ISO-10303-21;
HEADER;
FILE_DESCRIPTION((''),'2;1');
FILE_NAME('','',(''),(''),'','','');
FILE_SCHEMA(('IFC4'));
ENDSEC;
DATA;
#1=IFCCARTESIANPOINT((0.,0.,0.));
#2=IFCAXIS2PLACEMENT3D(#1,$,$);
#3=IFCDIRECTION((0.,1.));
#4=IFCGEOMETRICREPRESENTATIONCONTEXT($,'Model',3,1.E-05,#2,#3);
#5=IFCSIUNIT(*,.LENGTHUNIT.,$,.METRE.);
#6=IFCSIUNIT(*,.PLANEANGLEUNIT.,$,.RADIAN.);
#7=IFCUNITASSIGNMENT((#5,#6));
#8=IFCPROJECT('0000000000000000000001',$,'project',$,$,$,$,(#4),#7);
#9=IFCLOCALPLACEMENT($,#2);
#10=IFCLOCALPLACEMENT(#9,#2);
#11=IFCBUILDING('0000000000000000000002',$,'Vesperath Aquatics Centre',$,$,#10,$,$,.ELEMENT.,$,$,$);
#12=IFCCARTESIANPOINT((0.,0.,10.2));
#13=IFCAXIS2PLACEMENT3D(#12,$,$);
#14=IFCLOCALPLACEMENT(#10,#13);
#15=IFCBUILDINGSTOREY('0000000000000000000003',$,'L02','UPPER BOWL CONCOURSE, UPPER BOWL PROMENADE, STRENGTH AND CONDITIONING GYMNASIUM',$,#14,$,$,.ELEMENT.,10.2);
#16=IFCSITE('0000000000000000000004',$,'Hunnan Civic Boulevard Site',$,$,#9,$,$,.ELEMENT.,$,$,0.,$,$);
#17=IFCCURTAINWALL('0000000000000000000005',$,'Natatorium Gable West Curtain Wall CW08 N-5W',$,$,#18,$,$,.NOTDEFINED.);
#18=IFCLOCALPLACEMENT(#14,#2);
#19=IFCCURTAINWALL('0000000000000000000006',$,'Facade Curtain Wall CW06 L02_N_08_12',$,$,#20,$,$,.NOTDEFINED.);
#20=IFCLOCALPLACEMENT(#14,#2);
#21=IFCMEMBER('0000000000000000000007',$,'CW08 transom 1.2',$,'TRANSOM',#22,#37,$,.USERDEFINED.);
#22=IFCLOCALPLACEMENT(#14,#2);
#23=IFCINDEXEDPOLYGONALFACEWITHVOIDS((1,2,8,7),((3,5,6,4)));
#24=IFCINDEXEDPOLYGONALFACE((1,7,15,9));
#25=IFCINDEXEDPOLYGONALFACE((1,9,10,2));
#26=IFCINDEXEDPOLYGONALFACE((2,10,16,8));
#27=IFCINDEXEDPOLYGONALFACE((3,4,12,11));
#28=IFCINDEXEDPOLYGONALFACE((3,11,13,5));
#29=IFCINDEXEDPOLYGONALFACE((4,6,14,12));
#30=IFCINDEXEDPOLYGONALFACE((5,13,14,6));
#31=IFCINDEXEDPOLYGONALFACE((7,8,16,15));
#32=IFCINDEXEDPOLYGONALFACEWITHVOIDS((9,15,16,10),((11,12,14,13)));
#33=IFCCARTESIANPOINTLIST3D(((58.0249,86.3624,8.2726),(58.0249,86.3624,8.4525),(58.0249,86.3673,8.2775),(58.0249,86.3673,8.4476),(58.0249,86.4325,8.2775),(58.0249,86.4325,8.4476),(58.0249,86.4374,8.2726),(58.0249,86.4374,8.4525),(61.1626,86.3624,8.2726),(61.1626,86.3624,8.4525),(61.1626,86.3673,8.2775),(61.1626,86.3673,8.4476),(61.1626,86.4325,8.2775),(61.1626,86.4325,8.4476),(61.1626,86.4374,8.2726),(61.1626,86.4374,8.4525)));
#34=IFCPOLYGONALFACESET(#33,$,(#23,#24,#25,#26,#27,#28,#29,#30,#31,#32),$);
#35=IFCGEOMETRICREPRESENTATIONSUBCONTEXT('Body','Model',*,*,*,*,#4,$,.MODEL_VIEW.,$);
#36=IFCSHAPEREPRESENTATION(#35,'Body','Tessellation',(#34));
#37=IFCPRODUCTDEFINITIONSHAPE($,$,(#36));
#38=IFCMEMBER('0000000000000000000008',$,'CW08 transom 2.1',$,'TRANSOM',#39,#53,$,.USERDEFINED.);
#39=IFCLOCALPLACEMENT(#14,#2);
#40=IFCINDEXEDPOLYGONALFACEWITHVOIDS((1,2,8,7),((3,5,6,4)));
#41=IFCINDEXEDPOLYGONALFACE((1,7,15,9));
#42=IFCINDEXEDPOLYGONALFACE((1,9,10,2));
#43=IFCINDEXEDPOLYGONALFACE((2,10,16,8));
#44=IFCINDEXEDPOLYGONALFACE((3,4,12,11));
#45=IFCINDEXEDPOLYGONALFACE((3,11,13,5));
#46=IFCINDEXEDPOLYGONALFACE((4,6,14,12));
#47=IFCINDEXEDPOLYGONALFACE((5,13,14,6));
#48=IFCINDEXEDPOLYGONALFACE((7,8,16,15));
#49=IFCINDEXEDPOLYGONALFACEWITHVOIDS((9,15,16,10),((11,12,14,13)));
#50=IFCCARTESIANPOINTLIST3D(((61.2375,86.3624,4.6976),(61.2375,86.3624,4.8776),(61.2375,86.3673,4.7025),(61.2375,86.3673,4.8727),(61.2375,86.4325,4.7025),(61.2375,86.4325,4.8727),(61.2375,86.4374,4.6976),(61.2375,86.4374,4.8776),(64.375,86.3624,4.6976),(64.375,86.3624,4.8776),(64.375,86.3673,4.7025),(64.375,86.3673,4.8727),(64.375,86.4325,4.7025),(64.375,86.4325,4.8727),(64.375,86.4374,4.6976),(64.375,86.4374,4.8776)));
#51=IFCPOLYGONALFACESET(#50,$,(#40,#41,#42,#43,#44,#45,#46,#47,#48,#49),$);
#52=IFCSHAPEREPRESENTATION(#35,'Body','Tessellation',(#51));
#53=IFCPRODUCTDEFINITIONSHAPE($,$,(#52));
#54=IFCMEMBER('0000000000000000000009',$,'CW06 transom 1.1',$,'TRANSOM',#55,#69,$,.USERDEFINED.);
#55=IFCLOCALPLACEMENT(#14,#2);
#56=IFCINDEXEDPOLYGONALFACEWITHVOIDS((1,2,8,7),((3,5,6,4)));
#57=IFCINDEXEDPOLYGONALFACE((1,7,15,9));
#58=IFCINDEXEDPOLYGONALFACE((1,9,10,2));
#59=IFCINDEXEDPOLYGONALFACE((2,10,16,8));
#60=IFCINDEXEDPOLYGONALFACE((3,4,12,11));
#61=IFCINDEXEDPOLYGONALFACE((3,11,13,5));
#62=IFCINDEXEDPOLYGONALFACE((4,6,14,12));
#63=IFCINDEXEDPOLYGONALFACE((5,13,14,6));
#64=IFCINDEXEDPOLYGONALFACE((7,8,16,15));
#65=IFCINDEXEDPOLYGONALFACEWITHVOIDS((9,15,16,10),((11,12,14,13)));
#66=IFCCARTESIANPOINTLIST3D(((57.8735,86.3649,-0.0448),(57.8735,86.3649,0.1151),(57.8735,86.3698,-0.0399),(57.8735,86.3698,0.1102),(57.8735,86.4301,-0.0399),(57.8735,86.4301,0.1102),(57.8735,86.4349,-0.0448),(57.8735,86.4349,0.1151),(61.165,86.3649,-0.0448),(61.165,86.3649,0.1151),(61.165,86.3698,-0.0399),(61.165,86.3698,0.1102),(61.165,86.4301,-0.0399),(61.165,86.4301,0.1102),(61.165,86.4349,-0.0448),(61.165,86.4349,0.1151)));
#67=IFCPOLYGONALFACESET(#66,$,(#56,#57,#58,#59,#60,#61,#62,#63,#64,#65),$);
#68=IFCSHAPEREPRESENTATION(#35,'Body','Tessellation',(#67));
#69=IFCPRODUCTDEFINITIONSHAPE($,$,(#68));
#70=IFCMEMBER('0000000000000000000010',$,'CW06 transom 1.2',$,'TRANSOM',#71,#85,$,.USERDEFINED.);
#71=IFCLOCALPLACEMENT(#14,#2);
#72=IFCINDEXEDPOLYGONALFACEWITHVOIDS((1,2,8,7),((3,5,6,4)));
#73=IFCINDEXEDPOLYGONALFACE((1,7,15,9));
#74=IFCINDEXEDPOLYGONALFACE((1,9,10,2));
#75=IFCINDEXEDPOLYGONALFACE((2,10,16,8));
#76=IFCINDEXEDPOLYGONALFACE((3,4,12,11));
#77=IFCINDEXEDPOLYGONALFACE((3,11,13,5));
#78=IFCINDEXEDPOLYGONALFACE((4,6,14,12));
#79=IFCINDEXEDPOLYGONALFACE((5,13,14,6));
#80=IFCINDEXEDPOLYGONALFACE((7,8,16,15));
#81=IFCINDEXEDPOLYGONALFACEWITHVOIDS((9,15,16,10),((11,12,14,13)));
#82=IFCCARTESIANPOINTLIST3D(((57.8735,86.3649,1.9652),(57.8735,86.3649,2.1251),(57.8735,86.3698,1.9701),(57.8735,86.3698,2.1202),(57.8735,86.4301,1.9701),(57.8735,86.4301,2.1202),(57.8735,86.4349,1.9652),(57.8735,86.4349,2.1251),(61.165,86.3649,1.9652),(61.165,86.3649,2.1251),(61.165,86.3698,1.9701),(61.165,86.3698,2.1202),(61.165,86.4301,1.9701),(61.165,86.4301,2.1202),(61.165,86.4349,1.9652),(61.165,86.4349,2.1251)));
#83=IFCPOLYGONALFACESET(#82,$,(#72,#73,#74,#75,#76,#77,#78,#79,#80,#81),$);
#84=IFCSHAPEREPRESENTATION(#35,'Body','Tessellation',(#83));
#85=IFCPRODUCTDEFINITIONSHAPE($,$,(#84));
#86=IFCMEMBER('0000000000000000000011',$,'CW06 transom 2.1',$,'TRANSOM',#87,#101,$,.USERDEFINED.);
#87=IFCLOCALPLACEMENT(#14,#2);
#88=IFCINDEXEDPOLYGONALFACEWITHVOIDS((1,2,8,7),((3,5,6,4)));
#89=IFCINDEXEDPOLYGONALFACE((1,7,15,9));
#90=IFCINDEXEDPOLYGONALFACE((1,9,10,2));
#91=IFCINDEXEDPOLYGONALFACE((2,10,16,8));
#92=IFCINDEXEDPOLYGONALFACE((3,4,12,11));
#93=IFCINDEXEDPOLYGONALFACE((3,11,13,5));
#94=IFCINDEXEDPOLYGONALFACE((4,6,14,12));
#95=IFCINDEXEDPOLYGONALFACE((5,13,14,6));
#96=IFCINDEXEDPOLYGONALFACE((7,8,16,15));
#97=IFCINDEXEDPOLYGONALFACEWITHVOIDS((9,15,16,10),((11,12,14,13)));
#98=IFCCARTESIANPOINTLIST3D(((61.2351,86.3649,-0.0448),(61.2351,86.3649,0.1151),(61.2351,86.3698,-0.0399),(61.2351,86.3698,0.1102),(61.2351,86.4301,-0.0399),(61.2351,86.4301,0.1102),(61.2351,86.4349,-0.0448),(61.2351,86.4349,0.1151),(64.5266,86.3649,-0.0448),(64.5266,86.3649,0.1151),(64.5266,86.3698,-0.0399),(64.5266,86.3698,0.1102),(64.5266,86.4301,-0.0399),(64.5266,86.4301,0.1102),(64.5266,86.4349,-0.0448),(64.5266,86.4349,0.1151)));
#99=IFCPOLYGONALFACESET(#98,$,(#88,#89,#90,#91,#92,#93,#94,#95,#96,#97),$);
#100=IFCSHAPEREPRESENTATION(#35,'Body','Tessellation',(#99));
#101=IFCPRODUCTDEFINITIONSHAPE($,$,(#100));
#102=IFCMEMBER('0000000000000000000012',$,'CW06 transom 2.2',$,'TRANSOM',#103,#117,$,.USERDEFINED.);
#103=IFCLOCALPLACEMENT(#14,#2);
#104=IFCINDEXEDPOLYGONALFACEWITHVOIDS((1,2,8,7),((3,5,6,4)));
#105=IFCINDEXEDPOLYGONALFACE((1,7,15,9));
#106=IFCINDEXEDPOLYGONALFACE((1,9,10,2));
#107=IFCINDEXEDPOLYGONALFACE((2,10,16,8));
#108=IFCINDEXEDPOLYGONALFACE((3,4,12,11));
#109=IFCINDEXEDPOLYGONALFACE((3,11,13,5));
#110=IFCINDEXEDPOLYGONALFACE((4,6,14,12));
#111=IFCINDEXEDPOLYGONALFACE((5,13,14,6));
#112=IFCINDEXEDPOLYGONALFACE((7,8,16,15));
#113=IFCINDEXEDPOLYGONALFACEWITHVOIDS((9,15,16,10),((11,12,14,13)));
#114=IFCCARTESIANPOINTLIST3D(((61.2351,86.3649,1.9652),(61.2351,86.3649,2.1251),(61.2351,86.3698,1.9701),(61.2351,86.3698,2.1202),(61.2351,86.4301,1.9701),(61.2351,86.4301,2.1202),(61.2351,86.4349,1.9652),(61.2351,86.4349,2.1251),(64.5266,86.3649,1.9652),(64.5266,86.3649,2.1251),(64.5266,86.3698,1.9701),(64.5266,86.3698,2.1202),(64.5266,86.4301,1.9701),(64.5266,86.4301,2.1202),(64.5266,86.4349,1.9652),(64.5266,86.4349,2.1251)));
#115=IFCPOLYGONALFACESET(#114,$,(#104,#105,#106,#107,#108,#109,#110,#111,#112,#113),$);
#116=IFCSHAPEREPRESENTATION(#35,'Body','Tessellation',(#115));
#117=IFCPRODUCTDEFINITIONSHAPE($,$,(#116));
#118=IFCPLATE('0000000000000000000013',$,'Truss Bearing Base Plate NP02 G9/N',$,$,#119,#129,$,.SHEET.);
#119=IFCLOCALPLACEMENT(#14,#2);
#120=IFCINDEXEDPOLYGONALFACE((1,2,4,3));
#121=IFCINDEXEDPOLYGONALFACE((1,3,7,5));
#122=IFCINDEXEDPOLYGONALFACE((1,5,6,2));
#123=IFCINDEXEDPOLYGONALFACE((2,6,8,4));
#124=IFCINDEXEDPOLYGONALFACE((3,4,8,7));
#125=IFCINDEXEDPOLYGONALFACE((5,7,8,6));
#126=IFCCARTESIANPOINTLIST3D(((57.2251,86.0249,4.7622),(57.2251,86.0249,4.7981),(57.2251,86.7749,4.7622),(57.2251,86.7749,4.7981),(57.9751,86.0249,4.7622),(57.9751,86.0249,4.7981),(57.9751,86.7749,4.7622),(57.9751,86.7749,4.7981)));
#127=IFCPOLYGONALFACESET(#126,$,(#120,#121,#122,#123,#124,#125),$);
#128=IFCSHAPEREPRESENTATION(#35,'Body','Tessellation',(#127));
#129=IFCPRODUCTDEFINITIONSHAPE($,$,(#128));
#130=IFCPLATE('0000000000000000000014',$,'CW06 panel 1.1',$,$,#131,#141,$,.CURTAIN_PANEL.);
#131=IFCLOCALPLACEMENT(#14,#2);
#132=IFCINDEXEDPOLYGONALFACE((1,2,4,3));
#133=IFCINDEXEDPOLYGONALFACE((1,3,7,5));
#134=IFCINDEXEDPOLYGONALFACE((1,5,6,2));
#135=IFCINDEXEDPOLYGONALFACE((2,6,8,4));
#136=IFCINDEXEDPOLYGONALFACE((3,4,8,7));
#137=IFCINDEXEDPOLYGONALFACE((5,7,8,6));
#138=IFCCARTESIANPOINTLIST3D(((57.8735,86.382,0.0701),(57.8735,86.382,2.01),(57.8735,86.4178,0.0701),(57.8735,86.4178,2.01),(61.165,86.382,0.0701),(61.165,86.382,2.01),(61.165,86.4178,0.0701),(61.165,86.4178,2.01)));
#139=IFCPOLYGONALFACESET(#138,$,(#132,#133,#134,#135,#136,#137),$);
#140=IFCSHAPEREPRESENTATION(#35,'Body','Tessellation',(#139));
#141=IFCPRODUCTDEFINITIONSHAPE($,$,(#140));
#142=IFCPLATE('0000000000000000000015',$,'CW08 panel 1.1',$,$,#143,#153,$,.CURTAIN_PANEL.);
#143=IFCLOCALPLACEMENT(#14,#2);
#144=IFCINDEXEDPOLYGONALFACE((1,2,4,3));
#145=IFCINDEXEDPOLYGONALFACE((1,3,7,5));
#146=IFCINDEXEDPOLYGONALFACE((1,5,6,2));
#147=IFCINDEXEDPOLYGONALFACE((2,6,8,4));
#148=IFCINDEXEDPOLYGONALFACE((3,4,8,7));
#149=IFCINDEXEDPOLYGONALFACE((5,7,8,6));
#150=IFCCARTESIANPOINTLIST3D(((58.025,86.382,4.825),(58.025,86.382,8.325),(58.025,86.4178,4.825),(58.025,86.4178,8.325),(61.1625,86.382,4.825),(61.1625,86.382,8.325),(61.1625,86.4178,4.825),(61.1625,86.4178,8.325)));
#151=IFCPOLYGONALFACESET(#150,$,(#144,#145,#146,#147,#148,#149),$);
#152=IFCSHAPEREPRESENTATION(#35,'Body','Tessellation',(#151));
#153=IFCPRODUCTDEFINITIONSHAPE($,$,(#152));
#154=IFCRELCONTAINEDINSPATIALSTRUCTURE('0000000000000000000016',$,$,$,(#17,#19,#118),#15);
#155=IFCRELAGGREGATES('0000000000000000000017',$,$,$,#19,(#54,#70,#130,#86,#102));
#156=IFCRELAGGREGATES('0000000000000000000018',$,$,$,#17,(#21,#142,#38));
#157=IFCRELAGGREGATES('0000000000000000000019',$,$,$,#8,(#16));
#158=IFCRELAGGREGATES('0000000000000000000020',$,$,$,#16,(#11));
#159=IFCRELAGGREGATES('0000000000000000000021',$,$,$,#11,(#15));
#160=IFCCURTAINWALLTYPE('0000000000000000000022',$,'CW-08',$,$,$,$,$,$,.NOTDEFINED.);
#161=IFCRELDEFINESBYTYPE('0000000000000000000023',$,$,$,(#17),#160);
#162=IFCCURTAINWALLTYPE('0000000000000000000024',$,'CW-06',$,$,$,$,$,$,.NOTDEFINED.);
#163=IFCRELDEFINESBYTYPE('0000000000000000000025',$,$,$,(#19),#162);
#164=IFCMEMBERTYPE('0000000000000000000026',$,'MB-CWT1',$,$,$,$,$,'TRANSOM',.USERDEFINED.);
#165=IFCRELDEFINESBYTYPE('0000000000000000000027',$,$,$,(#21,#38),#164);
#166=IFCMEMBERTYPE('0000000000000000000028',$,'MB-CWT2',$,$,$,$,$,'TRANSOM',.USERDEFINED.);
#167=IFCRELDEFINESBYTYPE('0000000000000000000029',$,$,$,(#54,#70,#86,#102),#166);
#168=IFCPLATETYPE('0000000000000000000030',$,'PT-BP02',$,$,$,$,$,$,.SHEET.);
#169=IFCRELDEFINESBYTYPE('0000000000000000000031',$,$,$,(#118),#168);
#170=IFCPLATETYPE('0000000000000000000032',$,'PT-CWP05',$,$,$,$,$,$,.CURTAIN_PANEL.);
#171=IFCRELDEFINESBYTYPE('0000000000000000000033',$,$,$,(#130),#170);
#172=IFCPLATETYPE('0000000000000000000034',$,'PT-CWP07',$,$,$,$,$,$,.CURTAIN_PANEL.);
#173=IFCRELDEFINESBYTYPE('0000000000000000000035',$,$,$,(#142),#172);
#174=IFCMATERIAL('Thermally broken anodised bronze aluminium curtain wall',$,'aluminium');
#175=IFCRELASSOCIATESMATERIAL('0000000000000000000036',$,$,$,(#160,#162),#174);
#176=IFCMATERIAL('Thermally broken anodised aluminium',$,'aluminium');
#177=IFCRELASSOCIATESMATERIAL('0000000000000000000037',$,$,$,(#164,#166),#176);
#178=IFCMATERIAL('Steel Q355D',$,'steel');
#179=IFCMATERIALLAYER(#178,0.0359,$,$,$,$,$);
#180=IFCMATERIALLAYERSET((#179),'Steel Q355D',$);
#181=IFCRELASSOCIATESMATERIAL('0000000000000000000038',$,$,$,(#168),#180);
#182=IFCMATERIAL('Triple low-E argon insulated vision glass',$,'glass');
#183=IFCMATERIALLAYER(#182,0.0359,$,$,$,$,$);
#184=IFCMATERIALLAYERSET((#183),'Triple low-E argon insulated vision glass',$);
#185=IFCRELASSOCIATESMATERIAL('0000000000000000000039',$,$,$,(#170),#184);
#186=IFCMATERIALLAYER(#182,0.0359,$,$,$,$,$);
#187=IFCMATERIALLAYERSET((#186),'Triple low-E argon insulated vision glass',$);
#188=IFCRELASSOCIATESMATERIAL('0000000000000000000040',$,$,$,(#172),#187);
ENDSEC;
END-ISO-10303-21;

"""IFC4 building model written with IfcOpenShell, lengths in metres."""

from ifc_helpers import new_model, si_unit, direction, frame, origin, origin_2d, place, context, subcontext, project, spatial, rectangle, hollow_rectangle, extrude, material, layer, layer_set, material_profile, profile_set, type_object, element, aggregate, save


model = new_model("IFC4")

# Units and contexts
model_context = context("Model", 3, precision=1e-05, world=origin(), true_north=direction((0.0, 1.0)))
body_context = subcontext(model_context, "Body", "Model", "MODEL_VIEW")
ifc_project = project(units=[si_unit("LENGTHUNIT", "METRE"), si_unit("PLANEANGLEUNIT", "RADIAN")], contexts=[model_context])

# Site, building, storey
site_placement = place(None, origin())
site = spatial("IfcSite", under=ifc_project, at=site_placement, Name="Hunnan Civic Boulevard Site", CompositionType="ELEMENT", RefElevation=0.0)
building_placement = place(site_placement, origin())
building = spatial("IfcBuilding", under=site, at=building_placement, Name="Vesperath Aquatics Centre", CompositionType="ELEMENT")
storey_placement = place(building_placement, frame((0.0, 0.0, 10.2)))
storey = spatial("IfcBuildingStorey", under=building, at=storey_placement, Name="L02", Description="UPPER BOWL CONCOURSE, UPPER BOWL PROMENADE, STRENGTH AND CONDITIONING GYMNASIUM", CompositionType="ELEMENT", Elevation=10.2)

# Shared definitions
ifc_material_1 = material(Name="Steel Q355D", Category="steel")

# Curtain walls
ifc_material_2 = material(Name="Thermally broken anodised bronze aluminium curtain wall", Category="aluminium")
curtain_wall_type_1 = type_object("IfcCurtainWallType", Name="CW-08", PredefinedType="NOTDEFINED", material=ifc_material_2)
curtain_wall_1_placement = place(storey_placement, origin())
curtain_wall_1 = element("IfcCurtainWall", 1, at=curtain_wall_1_placement, inside=storey, type_object=curtain_wall_type_1, Name="Natatorium Gable West Curtain Wall CW08 N-5W", PredefinedType="NOTDEFINED")
ifc_material_3 = material(Name="Thermally broken anodised aluminium", Category="aluminium")
curtain_wall_type_2 = type_object("IfcCurtainWallType", Name="CW-06", PredefinedType="NOTDEFINED", material=ifc_material_2)
curtain_wall_2_placement = place(storey_placement, origin())
curtain_wall_2 = element("IfcCurtainWall", 2, at=curtain_wall_2_placement, inside=storey, type_object=curtain_wall_type_2, Name="Facade Curtain Wall CW06 L02_N_08_12", PredefinedType="NOTDEFINED")

# Members
ifc_material_profile_1 = material_profile(ifc_material_3, hollow_rectangle(XDim=0.075, YDim=0.1799, WallThickness=0.0049, at=origin_2d()), Name="CWT 75x180x5")
ifc_profile_set_1 = profile_set([ifc_material_profile_1], Name="Thermally broken anodised aluminium")
member_type_1 = type_object("IfcMemberType", Name="MB-CWT1", ElementType="TRANSOM", PredefinedType="USERDEFINED", material=ifc_profile_set_1)
member_1_placement = place(storey_placement, frame((58.0249, 86.3999, 8.3625), z_axis=(1.0, 0.0, 0.0), x_axis=(0.0, 1.0, 0.0)))
member_1 = element("IfcMember", 3, at=member_1_placement, type_object=member_type_1, Name="CW08 transom 1.2", ObjectType="TRANSOM", PredefinedType="USERDEFINED", context=body_context, shape_type="SweptSolid", body=[
    extrude(hollow_rectangle(XDim=0.075, YDim=0.1799, WallThickness=0.0049, at=origin_2d()), origin(), (0.0, 0.0, 1.0), 3.1377),
])
member_2_placement = place(storey_placement, frame((61.2375, 86.3999, 4.7876), z_axis=(1.0, 0.0, 0.0), x_axis=(0.0, 1.0, 0.0)))
member_2 = element("IfcMember", 4, at=member_2_placement, type_object=member_type_1, Name="CW08 transom 2.1", ObjectType="TRANSOM", PredefinedType="USERDEFINED", context=body_context, shape_type="SweptSolid", body=[
    extrude(hollow_rectangle(XDim=0.075, YDim=0.1799, WallThickness=0.0049, at=origin_2d()), origin(), (0.0, 0.0, 1.0), 3.1375),
])
ifc_material_profile_2 = material_profile(ifc_material_3, hollow_rectangle(XDim=0.0701, YDim=0.1599, WallThickness=0.0049, at=origin_2d()), Name="CWT 70x160x5")
ifc_profile_set_2 = profile_set([ifc_material_profile_2], Name="Thermally broken anodised aluminium")
member_type_2 = type_object("IfcMemberType", Name="MB-CWT2", ElementType="TRANSOM", PredefinedType="USERDEFINED", material=ifc_profile_set_2)
member_3_placement = place(storey_placement, frame((57.8735, 86.3999, 0.0352), z_axis=(1.0, 0.0, 0.0), x_axis=(0.0, 1.0, 0.0)))
member_3 = element("IfcMember", 5, at=member_3_placement, type_object=member_type_2, Name="CW06 transom 1.1", ObjectType="TRANSOM", PredefinedType="USERDEFINED", context=body_context, shape_type="SweptSolid", body=[
    extrude(hollow_rectangle(XDim=0.0701, YDim=0.1599, WallThickness=0.0049, at=origin_2d()), origin(), (0.0, 0.0, 1.0), 3.2915),
])
member_4_placement = place(storey_placement, frame((57.8735, 86.3999, 2.0452), z_axis=(1.0, 0.0, 0.0), x_axis=(0.0, 1.0, 0.0)))
member_4 = element("IfcMember", 6, at=member_4_placement, type_object=member_type_2, Name="CW06 transom 1.2", ObjectType="TRANSOM", PredefinedType="USERDEFINED", context=body_context, shape_type="SweptSolid", body=[
    extrude(hollow_rectangle(XDim=0.0701, YDim=0.1599, WallThickness=0.0049, at=origin_2d()), origin(), (0.0, 0.0, 1.0), 3.2915),
])
member_5_placement = place(storey_placement, frame((61.2351, 86.3999, 0.0352), z_axis=(1.0, 0.0, 0.0), x_axis=(0.0, 1.0, 0.0)))
member_5 = element("IfcMember", 7, at=member_5_placement, type_object=member_type_2, Name="CW06 transom 2.1", ObjectType="TRANSOM", PredefinedType="USERDEFINED", context=body_context, shape_type="SweptSolid", body=[
    extrude(hollow_rectangle(XDim=0.0701, YDim=0.1599, WallThickness=0.0049, at=origin_2d()), origin(), (0.0, 0.0, 1.0), 3.2915),
])
member_6_placement = place(storey_placement, frame((61.2351, 86.3999, 2.0452), z_axis=(1.0, 0.0, 0.0), x_axis=(0.0, 1.0, 0.0)))
member_6 = element("IfcMember", 8, at=member_6_placement, type_object=member_type_2, Name="CW06 transom 2.2", ObjectType="TRANSOM", PredefinedType="USERDEFINED", context=body_context, shape_type="SweptSolid", body=[
    extrude(hollow_rectangle(XDim=0.0701, YDim=0.1599, WallThickness=0.0049, at=origin_2d()), origin(), (0.0, 0.0, 1.0), 3.2915),
])

# Plates
ifc_layer_1 = layer(ifc_material_1, 0.0359)
ifc_layer_set_1 = layer_set([ifc_layer_1], Name="Steel Q355D")
plate_type_1 = type_object("IfcPlateType", Name="PT-BP02", PredefinedType="SHEET", material=ifc_layer_set_1)
plate_1_placement = place(storey_placement, frame((57.6001, 86.3999, 4.7622), z_axis=(0.0, 0.0, 1.0), x_axis=(1.0, 0.0, 0.0)))
element("IfcPlate", 9, at=plate_1_placement, inside=storey, type_object=plate_type_1, Name="Truss Bearing Base Plate NP02 G9/N", PredefinedType="SHEET", context=body_context, shape_type="SweptSolid", body=[
    extrude(rectangle(XDim=0.75, YDim=0.75, at=origin_2d()), origin(), (0.0, 0.0, 1.0), 0.0359),
])
ifc_material_4 = material(Name="Triple low-E argon insulated vision glass", Category="glass")
ifc_layer_2 = layer(ifc_material_4, 0.0359)
ifc_layer_set_2 = layer_set([ifc_layer_2], Name="Triple low-E argon insulated vision glass")
plate_type_2 = type_object("IfcPlateType", Name="PT-CWP05", PredefinedType="CURTAIN_PANEL", material=ifc_layer_set_2)
plate_2_placement = place(storey_placement, frame((59.5193, 86.3999, 0.0701), z_axis=(0.0, 0.0, 1.0), x_axis=(1.0, 0.0, 0.0)))
plate_2 = element("IfcPlate", 10, at=plate_2_placement, type_object=plate_type_2, Name="CW06 panel 1.1", PredefinedType="CURTAIN_PANEL", context=body_context, shape_type="SweptSolid", body=[
    extrude(rectangle(XDim=3.2915, YDim=0.0359, at=origin_2d()), origin(), (0.0, 0.0, 1.0), 1.9399),
])
aggregate(curtain_wall_2, [member_3, member_4, plate_2, member_5, member_6])
ifc_layer_3 = layer(ifc_material_4, 0.0359)
ifc_layer_set_3 = layer_set([ifc_layer_3], Name="Triple low-E argon insulated vision glass")
plate_type_3 = type_object("IfcPlateType", Name="PT-CWP07", PredefinedType="CURTAIN_PANEL", material=ifc_layer_set_3)
plate_3_placement = place(storey_placement, frame((59.5938, 86.3999, 4.825), z_axis=(0.0, 0.0, 1.0), x_axis=(1.0, 0.0, 0.0)))
plate_3 = element("IfcPlate", 11, at=plate_3_placement, type_object=plate_type_3, Name="CW08 panel 1.1", PredefinedType="CURTAIN_PANEL", context=body_context, shape_type="SweptSolid", body=[
    extrude(rectangle(XDim=3.1375, YDim=0.0359, at=origin_2d()), origin(), (0.0, 0.0, 1.0), 3.5),
])
aggregate(curtain_wall_1, [member_1, plate_3, member_2])

save(model, "model.ifc")
